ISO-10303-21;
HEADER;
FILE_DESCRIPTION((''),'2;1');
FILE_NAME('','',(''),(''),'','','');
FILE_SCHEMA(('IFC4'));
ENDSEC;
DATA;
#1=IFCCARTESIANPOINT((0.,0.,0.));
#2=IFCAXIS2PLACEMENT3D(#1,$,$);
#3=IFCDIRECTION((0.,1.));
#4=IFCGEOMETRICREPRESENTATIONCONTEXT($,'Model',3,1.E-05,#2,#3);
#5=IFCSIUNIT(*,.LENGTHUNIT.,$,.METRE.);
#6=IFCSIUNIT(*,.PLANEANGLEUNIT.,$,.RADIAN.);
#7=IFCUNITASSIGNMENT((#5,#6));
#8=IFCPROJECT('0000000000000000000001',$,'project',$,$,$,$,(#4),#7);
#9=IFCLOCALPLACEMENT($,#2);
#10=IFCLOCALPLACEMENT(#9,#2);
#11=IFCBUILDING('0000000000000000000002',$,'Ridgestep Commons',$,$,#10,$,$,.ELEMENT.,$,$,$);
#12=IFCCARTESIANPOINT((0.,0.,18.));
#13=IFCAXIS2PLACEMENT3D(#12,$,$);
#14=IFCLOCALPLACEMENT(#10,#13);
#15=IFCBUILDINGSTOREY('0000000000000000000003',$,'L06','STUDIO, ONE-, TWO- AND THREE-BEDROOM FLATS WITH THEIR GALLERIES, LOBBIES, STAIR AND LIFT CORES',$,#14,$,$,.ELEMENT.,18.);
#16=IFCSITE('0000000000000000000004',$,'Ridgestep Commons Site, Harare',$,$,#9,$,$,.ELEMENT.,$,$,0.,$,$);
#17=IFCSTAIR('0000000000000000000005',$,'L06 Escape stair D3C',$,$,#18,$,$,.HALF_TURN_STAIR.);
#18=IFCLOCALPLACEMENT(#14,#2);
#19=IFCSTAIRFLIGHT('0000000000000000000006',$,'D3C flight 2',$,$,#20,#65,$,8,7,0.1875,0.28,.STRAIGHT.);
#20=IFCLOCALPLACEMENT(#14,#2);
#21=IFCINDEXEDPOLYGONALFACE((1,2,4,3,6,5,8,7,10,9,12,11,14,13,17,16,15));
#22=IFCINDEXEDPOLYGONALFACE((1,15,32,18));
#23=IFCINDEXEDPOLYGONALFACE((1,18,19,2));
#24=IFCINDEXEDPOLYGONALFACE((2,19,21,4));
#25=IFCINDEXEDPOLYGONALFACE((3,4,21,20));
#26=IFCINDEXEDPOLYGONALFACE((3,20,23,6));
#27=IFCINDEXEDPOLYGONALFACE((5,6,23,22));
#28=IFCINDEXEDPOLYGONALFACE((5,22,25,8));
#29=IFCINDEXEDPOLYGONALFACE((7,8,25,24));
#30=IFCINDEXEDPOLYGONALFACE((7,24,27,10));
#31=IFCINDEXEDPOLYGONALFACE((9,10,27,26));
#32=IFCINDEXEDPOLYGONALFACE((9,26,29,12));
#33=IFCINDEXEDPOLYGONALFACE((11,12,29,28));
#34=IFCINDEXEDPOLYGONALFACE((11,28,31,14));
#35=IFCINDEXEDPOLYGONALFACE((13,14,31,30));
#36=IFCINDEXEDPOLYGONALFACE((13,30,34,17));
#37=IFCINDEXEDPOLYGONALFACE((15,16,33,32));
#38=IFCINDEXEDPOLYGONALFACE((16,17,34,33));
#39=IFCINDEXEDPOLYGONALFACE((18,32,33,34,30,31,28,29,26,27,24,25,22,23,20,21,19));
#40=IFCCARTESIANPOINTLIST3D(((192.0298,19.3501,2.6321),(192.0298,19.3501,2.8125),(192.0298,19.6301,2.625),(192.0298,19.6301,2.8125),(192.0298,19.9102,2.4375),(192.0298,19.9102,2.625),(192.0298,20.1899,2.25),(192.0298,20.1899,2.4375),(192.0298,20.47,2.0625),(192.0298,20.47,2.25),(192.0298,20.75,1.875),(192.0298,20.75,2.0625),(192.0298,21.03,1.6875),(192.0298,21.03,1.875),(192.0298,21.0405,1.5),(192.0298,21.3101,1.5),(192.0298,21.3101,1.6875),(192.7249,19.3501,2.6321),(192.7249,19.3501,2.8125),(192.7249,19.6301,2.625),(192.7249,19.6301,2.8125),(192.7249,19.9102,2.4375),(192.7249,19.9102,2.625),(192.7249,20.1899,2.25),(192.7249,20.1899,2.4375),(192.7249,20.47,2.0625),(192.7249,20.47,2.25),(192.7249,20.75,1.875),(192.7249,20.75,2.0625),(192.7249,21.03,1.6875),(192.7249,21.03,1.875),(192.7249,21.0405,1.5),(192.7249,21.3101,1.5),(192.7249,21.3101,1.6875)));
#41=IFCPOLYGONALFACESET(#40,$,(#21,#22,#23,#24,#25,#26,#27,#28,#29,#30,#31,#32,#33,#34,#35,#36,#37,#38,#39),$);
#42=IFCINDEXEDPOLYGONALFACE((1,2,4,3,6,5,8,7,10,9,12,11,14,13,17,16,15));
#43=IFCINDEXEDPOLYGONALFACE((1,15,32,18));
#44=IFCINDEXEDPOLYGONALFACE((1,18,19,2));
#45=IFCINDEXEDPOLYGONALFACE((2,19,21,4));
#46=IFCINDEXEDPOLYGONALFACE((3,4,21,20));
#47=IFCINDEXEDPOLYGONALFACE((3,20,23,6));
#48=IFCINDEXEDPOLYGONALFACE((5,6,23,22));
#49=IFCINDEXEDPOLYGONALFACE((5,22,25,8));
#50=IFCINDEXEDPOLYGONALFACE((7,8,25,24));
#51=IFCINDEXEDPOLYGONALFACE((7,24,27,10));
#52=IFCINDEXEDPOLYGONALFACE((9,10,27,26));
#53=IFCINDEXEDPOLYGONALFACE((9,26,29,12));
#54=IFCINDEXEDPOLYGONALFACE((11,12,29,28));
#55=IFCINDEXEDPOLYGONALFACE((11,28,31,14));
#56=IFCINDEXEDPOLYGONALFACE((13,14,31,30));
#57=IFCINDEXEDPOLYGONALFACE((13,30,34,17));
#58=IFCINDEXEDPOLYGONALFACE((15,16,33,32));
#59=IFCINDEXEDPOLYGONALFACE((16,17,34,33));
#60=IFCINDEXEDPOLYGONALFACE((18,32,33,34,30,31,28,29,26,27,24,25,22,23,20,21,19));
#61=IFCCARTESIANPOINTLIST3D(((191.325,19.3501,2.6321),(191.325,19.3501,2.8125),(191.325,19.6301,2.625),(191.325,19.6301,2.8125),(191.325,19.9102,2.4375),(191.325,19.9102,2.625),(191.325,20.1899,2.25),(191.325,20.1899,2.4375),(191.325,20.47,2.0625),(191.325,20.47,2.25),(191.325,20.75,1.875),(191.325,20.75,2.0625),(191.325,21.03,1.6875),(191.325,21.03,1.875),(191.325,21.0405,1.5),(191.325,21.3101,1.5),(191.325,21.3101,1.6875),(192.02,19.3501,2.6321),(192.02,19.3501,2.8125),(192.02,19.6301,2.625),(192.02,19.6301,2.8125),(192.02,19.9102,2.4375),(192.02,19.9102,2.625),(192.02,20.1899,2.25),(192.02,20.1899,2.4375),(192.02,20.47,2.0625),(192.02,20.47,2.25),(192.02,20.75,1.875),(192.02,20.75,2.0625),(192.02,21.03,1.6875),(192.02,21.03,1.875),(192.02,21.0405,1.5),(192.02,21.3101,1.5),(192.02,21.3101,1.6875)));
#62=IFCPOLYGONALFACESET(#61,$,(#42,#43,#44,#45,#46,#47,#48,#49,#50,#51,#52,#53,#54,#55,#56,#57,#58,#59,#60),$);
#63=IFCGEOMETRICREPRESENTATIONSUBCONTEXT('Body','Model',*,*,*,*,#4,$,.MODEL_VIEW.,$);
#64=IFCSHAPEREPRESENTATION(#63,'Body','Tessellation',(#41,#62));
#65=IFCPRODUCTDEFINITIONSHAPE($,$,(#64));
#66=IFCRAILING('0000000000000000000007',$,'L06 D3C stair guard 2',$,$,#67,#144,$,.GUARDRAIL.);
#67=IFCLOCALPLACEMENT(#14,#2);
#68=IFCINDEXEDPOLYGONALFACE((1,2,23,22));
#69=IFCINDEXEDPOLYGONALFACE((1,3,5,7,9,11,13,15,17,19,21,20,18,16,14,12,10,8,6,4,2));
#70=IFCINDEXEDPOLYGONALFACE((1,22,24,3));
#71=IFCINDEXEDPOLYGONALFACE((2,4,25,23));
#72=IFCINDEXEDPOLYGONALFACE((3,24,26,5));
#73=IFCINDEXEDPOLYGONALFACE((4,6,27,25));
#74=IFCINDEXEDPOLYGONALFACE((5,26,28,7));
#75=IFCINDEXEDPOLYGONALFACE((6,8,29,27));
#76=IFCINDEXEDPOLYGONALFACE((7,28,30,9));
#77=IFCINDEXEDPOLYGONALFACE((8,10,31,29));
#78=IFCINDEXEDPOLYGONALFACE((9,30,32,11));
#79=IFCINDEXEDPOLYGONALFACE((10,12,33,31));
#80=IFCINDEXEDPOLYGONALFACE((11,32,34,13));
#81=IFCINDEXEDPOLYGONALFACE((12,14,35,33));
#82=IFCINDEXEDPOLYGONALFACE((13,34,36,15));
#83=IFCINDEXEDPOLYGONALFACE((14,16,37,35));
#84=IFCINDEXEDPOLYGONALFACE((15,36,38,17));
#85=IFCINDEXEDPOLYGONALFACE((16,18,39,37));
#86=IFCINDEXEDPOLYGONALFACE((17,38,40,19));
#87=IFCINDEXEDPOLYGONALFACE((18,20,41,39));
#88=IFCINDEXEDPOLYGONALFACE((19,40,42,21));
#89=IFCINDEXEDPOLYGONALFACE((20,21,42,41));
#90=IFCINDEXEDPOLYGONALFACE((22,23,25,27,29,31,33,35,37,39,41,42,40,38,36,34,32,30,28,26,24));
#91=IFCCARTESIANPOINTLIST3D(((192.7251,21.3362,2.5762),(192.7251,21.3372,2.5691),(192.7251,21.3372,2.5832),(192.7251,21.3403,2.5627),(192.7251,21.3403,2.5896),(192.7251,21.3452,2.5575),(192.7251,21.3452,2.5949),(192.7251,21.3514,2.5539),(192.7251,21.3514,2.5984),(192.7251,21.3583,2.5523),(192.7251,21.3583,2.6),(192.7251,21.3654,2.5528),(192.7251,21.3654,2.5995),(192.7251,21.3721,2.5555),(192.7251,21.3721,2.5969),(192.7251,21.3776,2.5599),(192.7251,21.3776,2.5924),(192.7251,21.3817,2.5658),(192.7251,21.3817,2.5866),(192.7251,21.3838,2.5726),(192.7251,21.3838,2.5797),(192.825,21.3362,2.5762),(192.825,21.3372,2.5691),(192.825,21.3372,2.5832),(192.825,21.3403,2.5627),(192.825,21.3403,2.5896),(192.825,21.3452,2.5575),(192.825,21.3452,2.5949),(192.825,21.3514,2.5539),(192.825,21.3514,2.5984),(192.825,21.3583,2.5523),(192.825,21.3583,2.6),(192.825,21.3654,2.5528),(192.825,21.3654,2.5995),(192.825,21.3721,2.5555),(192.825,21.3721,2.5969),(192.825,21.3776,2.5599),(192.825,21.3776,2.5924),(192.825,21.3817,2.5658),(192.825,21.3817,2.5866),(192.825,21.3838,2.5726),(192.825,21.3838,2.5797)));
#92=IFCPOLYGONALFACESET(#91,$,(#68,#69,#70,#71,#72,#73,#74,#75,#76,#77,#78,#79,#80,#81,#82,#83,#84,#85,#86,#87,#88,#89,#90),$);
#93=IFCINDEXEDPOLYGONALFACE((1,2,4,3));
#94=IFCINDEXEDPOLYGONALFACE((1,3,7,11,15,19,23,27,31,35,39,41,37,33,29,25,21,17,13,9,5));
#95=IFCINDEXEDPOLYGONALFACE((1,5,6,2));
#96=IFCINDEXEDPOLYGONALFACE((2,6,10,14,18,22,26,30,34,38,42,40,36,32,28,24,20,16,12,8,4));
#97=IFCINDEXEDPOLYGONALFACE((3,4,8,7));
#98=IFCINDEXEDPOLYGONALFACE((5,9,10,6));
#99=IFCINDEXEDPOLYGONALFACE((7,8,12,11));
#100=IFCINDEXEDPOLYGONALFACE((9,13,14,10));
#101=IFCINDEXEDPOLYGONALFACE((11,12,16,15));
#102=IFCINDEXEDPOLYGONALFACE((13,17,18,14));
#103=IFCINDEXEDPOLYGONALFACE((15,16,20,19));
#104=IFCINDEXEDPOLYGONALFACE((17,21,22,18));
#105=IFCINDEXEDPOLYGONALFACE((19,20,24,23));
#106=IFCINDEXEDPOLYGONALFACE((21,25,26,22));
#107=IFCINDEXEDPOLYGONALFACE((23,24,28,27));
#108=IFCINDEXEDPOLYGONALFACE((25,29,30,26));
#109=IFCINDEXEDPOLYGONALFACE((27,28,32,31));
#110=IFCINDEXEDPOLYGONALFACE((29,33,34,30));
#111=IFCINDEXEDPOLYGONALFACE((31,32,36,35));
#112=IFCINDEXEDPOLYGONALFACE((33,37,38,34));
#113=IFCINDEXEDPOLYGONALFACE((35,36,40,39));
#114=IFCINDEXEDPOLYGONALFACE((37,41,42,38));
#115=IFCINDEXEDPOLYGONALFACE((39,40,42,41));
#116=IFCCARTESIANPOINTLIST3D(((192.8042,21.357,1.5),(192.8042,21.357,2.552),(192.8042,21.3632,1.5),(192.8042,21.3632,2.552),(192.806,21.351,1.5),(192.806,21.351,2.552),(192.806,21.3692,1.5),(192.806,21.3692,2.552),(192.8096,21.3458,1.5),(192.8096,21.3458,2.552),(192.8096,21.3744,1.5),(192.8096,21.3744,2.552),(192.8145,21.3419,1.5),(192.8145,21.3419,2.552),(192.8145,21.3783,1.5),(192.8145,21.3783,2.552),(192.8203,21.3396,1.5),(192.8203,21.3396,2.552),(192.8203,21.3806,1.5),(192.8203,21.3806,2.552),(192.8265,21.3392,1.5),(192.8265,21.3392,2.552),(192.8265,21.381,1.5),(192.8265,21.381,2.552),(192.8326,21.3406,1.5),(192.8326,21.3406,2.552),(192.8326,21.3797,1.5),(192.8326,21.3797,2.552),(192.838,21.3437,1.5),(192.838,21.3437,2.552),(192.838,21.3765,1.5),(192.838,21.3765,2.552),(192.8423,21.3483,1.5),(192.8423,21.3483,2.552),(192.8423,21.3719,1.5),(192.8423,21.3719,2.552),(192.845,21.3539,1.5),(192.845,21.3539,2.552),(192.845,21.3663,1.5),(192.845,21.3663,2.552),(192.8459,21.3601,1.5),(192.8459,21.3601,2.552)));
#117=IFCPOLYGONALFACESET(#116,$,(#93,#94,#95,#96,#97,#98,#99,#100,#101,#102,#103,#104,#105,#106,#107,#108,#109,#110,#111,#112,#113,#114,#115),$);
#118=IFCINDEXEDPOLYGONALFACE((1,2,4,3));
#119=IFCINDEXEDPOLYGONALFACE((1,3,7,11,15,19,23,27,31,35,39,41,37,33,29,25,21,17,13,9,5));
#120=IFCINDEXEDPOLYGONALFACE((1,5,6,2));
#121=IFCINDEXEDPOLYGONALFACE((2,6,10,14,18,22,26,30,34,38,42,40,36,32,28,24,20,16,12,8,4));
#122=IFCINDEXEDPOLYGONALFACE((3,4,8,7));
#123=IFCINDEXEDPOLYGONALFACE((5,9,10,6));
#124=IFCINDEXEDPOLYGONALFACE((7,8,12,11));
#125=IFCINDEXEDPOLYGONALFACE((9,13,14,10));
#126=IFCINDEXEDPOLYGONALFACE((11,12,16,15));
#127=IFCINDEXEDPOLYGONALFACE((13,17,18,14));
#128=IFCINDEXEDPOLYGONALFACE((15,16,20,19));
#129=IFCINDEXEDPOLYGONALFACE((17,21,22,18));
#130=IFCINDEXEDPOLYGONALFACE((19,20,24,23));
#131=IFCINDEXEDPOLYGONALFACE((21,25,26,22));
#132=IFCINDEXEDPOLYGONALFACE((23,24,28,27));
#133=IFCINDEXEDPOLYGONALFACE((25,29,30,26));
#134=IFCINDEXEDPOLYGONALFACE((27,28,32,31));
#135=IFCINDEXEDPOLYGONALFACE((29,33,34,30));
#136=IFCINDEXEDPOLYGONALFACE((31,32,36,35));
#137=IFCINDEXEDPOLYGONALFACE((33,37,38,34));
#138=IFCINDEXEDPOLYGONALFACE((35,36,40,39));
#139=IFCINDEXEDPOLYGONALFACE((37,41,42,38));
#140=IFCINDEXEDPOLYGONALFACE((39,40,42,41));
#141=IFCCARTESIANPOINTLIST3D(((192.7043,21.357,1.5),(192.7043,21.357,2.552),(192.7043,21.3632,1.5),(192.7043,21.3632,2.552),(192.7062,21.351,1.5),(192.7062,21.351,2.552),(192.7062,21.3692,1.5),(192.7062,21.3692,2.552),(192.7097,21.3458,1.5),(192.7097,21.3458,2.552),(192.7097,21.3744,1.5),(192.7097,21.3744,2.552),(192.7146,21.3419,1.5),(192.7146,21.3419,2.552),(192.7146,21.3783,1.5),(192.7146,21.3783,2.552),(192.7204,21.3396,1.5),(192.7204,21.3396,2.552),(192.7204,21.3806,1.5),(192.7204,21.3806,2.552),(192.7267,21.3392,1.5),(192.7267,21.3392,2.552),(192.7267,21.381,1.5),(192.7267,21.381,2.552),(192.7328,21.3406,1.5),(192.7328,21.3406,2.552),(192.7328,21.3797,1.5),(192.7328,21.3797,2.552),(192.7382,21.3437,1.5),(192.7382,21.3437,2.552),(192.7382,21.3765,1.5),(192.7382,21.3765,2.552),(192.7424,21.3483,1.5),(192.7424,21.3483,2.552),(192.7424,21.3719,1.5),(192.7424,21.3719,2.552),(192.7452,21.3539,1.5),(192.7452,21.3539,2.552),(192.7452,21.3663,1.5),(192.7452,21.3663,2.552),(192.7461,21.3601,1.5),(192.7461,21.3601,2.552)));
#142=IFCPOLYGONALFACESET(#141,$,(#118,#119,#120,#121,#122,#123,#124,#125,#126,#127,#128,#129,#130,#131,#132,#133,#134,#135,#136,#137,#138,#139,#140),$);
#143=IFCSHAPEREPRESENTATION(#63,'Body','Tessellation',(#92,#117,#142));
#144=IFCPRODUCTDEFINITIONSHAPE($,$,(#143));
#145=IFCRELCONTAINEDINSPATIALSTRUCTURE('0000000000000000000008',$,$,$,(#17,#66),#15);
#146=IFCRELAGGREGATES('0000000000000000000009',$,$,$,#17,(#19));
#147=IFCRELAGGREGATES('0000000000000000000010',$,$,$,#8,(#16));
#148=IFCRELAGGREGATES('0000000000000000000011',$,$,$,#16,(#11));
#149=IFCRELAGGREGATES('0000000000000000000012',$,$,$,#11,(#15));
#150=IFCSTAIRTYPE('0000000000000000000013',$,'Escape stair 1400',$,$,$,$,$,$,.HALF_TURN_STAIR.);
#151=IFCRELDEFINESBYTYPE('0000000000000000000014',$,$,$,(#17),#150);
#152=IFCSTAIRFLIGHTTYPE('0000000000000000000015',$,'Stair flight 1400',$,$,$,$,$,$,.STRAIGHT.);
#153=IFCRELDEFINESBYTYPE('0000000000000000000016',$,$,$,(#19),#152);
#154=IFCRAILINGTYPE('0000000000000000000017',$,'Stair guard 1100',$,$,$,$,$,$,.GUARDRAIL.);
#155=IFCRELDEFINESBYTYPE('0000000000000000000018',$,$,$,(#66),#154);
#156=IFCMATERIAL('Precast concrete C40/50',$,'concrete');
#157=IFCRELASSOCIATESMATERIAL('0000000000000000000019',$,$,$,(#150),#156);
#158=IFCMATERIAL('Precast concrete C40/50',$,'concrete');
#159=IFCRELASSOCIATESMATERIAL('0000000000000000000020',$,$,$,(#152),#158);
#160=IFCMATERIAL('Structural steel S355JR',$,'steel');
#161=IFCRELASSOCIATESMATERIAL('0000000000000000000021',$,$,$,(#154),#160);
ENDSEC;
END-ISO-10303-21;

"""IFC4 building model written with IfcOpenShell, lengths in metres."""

from ifc_helpers import new_model, si_unit, direction, frame, origin, origin_2d, place, context, subcontext, project, spatial, polyline, circle, outline, extrude, material, type_object, element, aggregate, save


model = new_model("IFC4")

# Units and contexts
model_context = context("Model", 3, precision=1e-05, world=origin(), true_north=direction((0.0, 1.0)))
body_context = subcontext(model_context, "Body", "Model", "MODEL_VIEW")
ifc_project = project(units=[si_unit("LENGTHUNIT", "METRE"), si_unit("PLANEANGLEUNIT", "RADIAN")], contexts=[model_context])

# Site, building, storey
site_placement = place(None, origin())
site = spatial("IfcSite", under=ifc_project, at=site_placement, Name="Ridgestep Commons Site, Harare", CompositionType="ELEMENT", RefElevation=0.0)
building_placement = place(site_placement, origin())
building = spatial("IfcBuilding", under=site, at=building_placement, Name="Ridgestep Commons", CompositionType="ELEMENT")
storey_placement = place(building_placement, frame((0.0, 0.0, 18.0)))
storey = spatial("IfcBuildingStorey", under=building, at=storey_placement, Name="L06", Description="STUDIO, ONE-, TWO- AND THREE-BEDROOM FLATS WITH THEIR GALLERIES, LOBBIES, STAIR AND LIFT CORES", CompositionType="ELEMENT", Elevation=18.0)

# Stair, stair flight
ifc_material_1 = material(Name="Precast concrete C40/50", Category="concrete")
stair_type = type_object("IfcStairType", Name="Escape stair 1400", PredefinedType="HALF_TURN_STAIR", material=ifc_material_1)
stair_placement = place(storey_placement, origin())
stair = element("IfcStair", 1, at=stair_placement, inside=storey, type_object=stair_type, Name="L06 Escape stair D3C", PredefinedType="HALF_TURN_STAIR")
ifc_material_2 = material(Name="Precast concrete C40/50", Category="concrete")
stair_flight_type = type_object("IfcStairFlightType", Name="Stair flight 1400", PredefinedType="STRAIGHT", material=ifc_material_2)
stair_flight_placement = place(storey_placement, frame((192.0249, 21.3101, 1.5), z_axis=(0.0, 0.0, 1.0), x_axis=(0.0, -1.0, 0.0)))
stair_flight = element("IfcStairFlight", 2, at=stair_flight_placement, type_object=stair_flight_type, Name="D3C flight 2", NumberOfRisers=8, NumberOfTreads=7, PredefinedType="STRAIGHT", RiserHeight=0.1875, TreadLength=0.28, context=body_context, shape_type="SweptSolid", body=[
    extrude(outline(polyline([(0.0, 0.0), (0.0, 0.1875), (0.28, 0.1875), (0.28, 0.375), (0.5601, 0.375), (0.5601, 0.5625), (0.8401, 0.5625), (0.8401, 0.75), (1.1201, 0.75), (1.1201, 0.9375), (1.3999, 0.9375), (1.3999, 1.125), (1.6799, 1.125), (1.6799, 1.3125), (1.96, 1.3125), (1.96, 1.5), (1.96, 1.1321), (0.2695, 0.0), (0.0, 0.0)])), frame((0.0, 0.7, 0.0), z_axis=(0.0, -1.0, 0.0), x_axis=(1.0, 0.0, 0.0)), (0.0, 0.0, 1.0), 0.6951),
    extrude(outline(polyline([(0.0, 0.0), (0.0, 0.1875), (0.28, 0.1875), (0.28, 0.375), (0.5601, 0.375), (0.5601, 0.5625), (0.8401, 0.5625), (0.8401, 0.75), (1.1201, 0.75), (1.1201, 0.9375), (1.3999, 0.9375), (1.3999, 1.125), (1.6799, 1.125), (1.6799, 1.3125), (1.96, 1.3125), (1.96, 1.5), (1.96, 1.1321), (0.2695, 0.0), (0.0, 0.0)])), frame((0.0, -0.0049, 0.0), z_axis=(0.0, -1.0, 0.0), x_axis=(1.0, 0.0, 0.0)), (0.0, 0.0, 1.0), 0.6951),
])
aggregate(stair, [stair_flight])

# Railing
ifc_material_3 = material(Name="Structural steel S355JR", Category="steel")
railing_type_1 = type_object("IfcRailingType", Name="Stair guard 1100", PredefinedType="GUARDRAIL", material=ifc_material_3)
railing_1_placement = place(storey_placement, frame((192.825, 21.3601, 1.5)))
element("IfcRailing", 3, at=railing_1_placement, inside=storey, type_object=railing_type_1, Name="L06 D3C stair guard 2", PredefinedType="GUARDRAIL", context=body_context, shape_type="SweptSolid", body=[
    extrude(circle(Radius=0.0239, at=origin_2d()), frame((0.0, 0.0, 1.0762), z_axis=(-1.0, 0.0, 0.0), x_axis=(0.0, -1.0, 0.0)), (0.0, 0.0, 1.0), 0.0999),
    extrude(circle(Radius=0.021, at=origin_2d()), origin(), (0.0, 0.0, 1.0), 1.052),
    extrude(circle(Radius=0.021, at=origin_2d()), frame((-0.0999, 0.0, 0.0)), (0.0, 0.0, 1.0), 1.052),
])

save(model, "model.ifc")
